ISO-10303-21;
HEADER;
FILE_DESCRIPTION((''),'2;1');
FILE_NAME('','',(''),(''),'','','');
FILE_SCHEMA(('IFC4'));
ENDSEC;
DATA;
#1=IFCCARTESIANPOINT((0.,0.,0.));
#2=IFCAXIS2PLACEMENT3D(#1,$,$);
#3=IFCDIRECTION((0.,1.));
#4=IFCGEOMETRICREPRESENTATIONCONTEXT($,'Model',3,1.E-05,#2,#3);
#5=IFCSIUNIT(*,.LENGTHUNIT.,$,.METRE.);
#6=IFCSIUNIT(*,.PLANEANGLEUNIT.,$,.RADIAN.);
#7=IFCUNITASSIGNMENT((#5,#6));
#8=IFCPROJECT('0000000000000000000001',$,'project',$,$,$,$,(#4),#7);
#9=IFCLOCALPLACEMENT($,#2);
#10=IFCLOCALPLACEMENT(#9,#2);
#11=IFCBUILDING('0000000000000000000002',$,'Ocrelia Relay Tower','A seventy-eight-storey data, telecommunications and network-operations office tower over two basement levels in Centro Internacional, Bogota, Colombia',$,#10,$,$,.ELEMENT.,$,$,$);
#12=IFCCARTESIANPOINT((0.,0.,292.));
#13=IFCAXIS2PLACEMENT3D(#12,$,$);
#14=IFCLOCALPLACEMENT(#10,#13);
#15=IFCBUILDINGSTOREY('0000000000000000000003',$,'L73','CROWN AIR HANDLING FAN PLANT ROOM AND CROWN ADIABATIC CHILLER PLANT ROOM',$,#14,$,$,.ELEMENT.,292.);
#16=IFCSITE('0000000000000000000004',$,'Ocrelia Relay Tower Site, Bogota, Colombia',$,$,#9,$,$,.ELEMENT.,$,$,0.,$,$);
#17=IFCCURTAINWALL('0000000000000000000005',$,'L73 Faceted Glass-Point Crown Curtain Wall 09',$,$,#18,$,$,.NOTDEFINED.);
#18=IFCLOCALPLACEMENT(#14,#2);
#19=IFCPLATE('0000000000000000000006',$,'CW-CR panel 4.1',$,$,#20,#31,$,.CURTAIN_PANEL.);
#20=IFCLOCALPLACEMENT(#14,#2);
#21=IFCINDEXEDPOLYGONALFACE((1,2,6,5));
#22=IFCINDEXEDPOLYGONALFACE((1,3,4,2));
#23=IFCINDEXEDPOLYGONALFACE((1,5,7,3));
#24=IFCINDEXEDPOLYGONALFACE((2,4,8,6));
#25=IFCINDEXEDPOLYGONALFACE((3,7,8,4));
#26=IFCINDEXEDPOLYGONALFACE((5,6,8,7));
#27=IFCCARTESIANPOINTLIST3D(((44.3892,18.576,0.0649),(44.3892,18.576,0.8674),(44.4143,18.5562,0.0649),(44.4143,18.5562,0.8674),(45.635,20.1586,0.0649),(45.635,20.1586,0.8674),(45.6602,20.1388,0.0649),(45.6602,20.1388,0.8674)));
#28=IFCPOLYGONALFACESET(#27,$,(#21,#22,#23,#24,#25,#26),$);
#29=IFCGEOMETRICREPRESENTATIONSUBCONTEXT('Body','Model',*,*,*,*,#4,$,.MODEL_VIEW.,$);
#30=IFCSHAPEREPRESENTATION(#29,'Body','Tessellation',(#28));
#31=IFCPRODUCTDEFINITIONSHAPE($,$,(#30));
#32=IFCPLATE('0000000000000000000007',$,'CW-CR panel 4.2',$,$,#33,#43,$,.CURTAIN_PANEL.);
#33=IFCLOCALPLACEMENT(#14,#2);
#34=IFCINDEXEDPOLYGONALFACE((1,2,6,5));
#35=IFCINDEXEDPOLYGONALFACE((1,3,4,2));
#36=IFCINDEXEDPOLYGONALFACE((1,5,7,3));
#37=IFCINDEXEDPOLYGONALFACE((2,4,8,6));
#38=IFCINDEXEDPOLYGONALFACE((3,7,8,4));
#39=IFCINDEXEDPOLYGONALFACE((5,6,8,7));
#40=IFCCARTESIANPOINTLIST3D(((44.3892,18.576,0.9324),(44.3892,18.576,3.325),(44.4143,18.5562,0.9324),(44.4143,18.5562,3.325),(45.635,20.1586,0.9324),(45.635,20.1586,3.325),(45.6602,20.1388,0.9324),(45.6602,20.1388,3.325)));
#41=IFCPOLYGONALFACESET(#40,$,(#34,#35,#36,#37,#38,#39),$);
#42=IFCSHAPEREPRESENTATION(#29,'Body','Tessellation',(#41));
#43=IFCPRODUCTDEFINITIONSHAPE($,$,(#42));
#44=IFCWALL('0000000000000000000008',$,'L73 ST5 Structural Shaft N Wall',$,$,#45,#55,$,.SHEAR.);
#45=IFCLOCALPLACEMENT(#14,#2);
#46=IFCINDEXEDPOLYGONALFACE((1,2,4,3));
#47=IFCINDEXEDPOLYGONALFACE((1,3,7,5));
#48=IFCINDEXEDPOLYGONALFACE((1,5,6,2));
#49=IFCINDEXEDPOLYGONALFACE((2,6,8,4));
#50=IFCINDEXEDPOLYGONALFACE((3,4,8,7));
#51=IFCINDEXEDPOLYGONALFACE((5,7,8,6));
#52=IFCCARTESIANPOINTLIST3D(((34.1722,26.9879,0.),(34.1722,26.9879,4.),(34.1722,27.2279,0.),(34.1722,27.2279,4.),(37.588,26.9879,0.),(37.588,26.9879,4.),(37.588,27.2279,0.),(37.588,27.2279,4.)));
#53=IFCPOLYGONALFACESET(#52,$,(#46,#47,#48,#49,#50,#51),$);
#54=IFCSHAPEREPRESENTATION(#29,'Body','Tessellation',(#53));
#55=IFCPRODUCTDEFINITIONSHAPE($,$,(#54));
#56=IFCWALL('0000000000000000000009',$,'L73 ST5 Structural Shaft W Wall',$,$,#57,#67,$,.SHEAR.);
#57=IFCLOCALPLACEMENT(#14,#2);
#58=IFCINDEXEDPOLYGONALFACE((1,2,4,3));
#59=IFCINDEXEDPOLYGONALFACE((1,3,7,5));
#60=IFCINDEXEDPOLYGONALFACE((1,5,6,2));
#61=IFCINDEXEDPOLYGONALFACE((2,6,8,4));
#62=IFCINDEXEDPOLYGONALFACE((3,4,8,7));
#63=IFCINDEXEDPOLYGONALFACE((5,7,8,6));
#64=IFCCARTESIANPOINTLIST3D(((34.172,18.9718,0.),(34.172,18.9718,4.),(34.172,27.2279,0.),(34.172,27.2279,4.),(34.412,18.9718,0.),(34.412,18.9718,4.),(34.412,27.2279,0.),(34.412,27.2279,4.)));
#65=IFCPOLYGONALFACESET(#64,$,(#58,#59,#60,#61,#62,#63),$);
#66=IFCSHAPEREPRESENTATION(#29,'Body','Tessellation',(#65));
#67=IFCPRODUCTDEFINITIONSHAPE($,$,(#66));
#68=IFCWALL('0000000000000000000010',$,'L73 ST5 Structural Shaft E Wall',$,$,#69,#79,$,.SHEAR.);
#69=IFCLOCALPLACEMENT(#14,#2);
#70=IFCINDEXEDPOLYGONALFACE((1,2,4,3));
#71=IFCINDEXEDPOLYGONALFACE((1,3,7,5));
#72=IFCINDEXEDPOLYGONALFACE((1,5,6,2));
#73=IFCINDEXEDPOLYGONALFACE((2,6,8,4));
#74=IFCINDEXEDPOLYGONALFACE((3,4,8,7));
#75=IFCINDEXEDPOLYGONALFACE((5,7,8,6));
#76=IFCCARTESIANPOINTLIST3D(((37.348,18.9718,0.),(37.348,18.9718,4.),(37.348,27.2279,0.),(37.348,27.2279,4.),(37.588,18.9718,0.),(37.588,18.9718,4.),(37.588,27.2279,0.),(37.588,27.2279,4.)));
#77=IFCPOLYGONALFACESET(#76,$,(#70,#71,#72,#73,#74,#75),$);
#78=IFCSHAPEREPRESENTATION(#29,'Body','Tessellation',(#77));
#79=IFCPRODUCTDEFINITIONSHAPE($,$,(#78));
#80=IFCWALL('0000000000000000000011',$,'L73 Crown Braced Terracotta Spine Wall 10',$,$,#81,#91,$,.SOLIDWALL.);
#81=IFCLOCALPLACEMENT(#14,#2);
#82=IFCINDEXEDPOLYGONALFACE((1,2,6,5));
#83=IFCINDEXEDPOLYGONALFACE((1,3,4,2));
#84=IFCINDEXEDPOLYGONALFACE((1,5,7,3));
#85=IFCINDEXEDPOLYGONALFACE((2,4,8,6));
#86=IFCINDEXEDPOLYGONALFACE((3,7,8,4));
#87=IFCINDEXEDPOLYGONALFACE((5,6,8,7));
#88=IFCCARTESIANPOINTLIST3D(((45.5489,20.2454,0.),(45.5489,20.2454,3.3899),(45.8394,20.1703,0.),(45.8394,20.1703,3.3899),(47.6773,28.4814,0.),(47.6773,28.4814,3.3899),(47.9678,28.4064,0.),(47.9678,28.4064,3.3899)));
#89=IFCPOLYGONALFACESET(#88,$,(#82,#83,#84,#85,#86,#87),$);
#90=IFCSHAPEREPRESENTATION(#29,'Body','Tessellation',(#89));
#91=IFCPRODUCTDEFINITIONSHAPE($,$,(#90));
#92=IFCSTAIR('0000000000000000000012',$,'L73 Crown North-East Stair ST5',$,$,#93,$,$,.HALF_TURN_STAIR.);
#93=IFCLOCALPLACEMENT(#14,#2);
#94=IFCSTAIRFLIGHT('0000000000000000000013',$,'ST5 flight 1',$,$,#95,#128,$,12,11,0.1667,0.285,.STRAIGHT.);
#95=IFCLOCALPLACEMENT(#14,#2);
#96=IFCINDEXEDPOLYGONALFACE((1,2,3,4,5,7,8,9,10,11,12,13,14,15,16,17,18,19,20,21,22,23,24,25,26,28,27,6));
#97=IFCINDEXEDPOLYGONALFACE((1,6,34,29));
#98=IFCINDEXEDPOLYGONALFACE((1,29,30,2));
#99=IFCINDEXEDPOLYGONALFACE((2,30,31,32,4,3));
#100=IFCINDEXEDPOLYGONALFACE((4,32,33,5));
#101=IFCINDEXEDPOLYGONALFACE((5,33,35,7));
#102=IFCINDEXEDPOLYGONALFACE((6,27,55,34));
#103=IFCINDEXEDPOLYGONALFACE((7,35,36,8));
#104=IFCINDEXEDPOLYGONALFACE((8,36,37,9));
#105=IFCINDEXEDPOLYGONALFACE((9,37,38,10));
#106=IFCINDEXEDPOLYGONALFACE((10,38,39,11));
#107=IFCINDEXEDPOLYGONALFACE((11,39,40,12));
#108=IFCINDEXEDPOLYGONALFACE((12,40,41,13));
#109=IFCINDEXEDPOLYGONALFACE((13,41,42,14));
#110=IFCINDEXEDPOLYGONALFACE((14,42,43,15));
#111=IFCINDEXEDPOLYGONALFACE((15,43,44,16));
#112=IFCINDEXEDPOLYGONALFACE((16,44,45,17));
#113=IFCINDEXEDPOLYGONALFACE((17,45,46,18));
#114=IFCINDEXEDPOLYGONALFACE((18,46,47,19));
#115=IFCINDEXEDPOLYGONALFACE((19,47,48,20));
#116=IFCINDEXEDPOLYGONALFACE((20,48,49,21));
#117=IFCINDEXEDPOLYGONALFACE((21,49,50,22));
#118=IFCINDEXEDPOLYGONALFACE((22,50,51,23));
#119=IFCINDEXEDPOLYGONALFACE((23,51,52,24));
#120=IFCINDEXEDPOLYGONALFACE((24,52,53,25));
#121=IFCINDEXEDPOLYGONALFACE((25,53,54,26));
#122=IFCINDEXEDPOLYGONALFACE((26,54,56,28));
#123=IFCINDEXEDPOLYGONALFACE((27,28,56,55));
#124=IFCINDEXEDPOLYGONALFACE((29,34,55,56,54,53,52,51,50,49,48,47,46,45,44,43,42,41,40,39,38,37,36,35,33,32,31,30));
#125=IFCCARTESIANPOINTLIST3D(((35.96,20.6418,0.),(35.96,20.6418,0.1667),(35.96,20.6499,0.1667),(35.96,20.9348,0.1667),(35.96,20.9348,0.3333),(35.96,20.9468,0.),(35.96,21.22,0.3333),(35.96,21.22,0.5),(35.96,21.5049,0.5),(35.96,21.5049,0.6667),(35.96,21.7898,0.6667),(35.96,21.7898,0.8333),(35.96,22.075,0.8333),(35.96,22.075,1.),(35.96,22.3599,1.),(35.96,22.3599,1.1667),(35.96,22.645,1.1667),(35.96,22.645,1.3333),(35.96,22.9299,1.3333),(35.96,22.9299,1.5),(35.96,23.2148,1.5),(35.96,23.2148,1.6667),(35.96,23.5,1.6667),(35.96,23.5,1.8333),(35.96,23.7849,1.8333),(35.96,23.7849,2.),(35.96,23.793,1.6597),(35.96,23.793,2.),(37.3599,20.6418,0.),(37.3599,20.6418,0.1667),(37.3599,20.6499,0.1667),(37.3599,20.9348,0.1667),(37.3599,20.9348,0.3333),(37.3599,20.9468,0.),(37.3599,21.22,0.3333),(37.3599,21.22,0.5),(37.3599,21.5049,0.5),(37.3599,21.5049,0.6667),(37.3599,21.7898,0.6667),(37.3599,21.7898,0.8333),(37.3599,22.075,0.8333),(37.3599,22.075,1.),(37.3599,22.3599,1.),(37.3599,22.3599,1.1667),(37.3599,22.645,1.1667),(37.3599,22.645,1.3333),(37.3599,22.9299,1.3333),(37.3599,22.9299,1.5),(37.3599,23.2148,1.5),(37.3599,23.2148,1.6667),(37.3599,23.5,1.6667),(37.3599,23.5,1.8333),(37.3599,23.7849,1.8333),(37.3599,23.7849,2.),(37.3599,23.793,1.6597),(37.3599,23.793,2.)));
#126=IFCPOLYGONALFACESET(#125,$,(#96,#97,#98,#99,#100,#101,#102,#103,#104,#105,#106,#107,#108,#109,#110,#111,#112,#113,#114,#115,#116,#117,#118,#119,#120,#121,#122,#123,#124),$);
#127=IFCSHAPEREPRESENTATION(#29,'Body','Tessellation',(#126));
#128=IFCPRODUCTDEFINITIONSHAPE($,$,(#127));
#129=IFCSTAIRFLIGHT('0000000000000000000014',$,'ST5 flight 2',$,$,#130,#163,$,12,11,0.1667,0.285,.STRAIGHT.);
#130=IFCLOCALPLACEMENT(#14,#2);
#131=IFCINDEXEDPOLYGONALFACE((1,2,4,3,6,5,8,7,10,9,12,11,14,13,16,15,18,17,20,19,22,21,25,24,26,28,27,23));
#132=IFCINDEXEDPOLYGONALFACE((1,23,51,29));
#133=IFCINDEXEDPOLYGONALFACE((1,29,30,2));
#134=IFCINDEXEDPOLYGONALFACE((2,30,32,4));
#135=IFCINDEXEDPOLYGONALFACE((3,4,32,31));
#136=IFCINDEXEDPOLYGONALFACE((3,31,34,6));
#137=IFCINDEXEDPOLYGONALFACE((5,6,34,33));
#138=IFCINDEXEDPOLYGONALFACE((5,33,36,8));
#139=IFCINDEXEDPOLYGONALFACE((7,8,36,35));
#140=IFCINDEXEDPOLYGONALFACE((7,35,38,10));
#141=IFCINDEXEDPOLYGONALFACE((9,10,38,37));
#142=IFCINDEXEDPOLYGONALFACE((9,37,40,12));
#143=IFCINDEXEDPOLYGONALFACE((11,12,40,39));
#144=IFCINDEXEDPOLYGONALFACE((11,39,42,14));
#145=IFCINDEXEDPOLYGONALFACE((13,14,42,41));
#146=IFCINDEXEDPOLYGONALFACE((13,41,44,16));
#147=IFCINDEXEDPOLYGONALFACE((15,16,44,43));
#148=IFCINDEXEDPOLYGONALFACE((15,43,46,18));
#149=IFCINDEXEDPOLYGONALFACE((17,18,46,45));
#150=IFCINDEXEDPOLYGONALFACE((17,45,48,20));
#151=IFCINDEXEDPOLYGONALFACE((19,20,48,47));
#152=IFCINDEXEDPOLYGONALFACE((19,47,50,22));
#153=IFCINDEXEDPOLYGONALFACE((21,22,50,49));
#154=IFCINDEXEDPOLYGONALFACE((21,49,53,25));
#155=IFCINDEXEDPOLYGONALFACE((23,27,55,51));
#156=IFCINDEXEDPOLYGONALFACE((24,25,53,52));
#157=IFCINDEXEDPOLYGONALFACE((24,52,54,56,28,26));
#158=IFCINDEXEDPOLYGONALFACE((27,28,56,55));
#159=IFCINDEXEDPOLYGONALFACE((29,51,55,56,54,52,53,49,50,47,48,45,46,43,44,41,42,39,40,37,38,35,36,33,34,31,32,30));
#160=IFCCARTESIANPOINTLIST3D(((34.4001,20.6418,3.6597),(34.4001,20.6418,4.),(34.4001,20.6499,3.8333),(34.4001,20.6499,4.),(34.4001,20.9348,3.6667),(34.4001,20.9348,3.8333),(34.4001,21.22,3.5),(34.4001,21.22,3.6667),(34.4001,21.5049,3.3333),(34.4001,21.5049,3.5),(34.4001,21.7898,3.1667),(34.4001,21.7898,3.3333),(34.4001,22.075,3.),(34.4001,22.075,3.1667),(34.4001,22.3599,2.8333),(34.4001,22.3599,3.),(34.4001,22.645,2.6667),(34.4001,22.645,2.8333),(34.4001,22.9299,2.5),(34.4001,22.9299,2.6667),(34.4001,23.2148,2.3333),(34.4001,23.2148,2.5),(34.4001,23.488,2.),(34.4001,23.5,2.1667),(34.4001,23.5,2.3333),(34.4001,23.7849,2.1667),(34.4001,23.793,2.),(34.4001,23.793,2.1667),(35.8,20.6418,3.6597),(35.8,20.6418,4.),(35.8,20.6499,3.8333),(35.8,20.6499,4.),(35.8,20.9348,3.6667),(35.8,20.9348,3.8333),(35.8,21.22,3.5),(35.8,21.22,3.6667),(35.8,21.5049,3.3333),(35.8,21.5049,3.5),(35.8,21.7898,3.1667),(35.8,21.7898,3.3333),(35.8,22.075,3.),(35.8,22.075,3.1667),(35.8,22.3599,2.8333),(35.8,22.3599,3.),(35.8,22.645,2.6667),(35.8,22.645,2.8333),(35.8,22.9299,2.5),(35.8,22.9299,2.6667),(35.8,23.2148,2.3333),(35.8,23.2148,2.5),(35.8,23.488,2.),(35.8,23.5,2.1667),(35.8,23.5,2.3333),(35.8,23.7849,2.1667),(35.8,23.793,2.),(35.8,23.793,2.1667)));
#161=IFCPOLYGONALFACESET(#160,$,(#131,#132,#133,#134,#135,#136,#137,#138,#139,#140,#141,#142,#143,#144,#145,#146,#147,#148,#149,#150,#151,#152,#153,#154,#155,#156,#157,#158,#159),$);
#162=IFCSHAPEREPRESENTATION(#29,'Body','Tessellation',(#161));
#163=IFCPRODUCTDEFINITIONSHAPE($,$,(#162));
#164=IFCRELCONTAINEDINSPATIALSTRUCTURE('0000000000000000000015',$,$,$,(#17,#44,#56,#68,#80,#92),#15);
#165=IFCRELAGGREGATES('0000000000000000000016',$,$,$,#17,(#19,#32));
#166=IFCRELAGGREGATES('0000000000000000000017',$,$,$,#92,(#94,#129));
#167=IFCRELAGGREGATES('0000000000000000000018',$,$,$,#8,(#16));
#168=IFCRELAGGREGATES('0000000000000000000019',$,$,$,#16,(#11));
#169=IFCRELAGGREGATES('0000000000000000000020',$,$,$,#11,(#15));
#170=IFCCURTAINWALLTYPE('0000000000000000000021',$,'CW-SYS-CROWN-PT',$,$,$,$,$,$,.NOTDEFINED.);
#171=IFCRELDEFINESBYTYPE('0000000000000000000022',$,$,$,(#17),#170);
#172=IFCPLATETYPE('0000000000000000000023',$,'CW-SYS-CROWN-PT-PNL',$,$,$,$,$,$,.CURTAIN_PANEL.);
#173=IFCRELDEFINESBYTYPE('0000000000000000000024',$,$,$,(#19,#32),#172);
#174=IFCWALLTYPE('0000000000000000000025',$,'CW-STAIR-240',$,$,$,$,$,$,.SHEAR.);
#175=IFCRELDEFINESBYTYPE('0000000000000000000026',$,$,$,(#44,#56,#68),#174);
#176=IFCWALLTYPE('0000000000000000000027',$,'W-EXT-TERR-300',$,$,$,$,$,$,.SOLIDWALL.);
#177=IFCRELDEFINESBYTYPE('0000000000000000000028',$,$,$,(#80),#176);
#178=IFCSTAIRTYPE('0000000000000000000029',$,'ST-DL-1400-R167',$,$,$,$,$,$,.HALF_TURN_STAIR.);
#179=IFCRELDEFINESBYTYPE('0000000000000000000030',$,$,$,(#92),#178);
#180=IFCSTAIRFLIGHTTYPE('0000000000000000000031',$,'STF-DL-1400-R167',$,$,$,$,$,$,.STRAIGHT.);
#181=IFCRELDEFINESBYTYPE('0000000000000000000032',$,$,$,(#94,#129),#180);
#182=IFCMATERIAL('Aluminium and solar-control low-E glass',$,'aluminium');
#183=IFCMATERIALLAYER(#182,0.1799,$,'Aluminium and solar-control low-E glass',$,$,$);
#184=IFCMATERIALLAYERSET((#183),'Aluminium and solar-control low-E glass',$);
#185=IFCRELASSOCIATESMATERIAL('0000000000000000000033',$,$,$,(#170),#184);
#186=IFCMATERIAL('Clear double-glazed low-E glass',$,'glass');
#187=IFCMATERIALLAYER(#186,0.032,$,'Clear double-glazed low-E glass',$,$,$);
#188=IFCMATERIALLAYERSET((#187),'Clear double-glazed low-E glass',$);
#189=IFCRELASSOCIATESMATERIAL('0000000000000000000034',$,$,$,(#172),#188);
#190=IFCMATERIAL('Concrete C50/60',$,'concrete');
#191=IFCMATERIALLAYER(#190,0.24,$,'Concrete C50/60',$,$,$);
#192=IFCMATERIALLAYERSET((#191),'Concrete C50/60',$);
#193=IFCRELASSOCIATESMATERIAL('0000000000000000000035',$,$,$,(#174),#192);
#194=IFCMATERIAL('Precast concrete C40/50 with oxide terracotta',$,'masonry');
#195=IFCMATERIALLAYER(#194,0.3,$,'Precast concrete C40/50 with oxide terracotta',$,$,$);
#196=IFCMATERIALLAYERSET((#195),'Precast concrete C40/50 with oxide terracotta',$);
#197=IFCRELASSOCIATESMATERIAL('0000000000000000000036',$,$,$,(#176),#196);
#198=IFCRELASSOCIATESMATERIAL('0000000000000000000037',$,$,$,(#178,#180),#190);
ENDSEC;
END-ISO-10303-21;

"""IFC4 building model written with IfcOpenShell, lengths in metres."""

from ifc_helpers import new_model, si_unit, direction, frame, frame_2d, origin, origin_2d, place, context, subcontext, project, spatial, polyline, rectangle, outline, extrude, material, layer, layer_set, type_object, element, aggregate, save


model = new_model("IFC4")

# Units and contexts
model_context = context("Model", 3, precision=1e-05, world=origin(), true_north=direction((0.0, 1.0)))
body_context = subcontext(model_context, "Body", "Model", "MODEL_VIEW")
ifc_project = project(units=[si_unit("LENGTHUNIT", "METRE"), si_unit("PLANEANGLEUNIT", "RADIAN")], contexts=[model_context])

# Site, building, storey
site_placement = place(None, origin())
site = spatial("IfcSite", under=ifc_project, at=site_placement, Name="Ocrelia Relay Tower Site, Bogota, Colombia", CompositionType="ELEMENT", RefElevation=0.0)
building_placement = place(site_placement, origin())
building = spatial("IfcBuilding", under=site, at=building_placement, Name="Ocrelia Relay Tower", Description="A seventy-eight-storey data, telecommunications and network-operations office tower over two basement levels in Centro Internacional, Bogota, Colombia", CompositionType="ELEMENT")
storey_placement = place(building_placement, frame((0.0, 0.0, 292.0)))
storey = spatial("IfcBuildingStorey", under=building, at=storey_placement, Name="L73", Description="CROWN AIR HANDLING FAN PLANT ROOM AND CROWN ADIABATIC CHILLER PLANT ROOM", CompositionType="ELEMENT", Elevation=292.0)

# Shared definitions
ifc_material_1 = material(Name="Concrete C50/60", Category="concrete")

# Curtain wall
ifc_material_2 = material(Name="Aluminium and solar-control low-E glass", Category="aluminium")
ifc_layer_1 = layer(ifc_material_2, 0.1799, Name="Aluminium and solar-control low-E glass")
ifc_layer_set_1 = layer_set([ifc_layer_1], Name="Aluminium and solar-control low-E glass")
curtain_wall_type = type_object("IfcCurtainWallType", Name="CW-SYS-CROWN-PT", PredefinedType="NOTDEFINED", material=ifc_layer_set_1)
curtain_wall_1_placement = place(storey_placement, origin())
curtain_wall_1 = element("IfcCurtainWall", 1, at=curtain_wall_1_placement, inside=storey, type_object=curtain_wall_type, Name="L73 Faceted Glass-Point Crown Curtain Wall 09", PredefinedType="NOTDEFINED")

# Plates
ifc_material_3 = material(Name="Clear double-glazed low-E glass", Category="glass")
ifc_layer_2 = layer(ifc_material_3, 0.032, Name="Clear double-glazed low-E glass")
ifc_layer_set_2 = layer_set([ifc_layer_2], Name="Clear double-glazed low-E glass")
plate_type = type_object("IfcPlateType", Name="CW-SYS-CROWN-PT-PNL", PredefinedType="CURTAIN_PANEL", material=ifc_layer_set_2)
plate_1_placement = place(storey_placement, frame((45.0247, 19.3574, 0.0649), z_axis=(0.0, 0.0, 1.0), x_axis=(0.618554, 0.785742, 0.0)))
plate_1 = element("IfcPlate", 2, at=plate_1_placement, type_object=plate_type, Name="CW-CR panel 4.1", PredefinedType="CURTAIN_PANEL", context=body_context, shape_type="SweptSolid", body=[
    extrude(rectangle(XDim=2.0142, YDim=0.032, at=origin_2d()), origin(), (0.0, 0.0, 1.0), 0.8025),
])
plate_2_placement = place(storey_placement, frame((45.0247, 19.3574, 0.9324), z_axis=(0.0, 0.0, 1.0), x_axis=(0.618554, 0.785742, 0.0)))
plate_2 = element("IfcPlate", 3, at=plate_2_placement, type_object=plate_type, Name="CW-CR panel 4.2", PredefinedType="CURTAIN_PANEL", context=body_context, shape_type="SweptSolid", body=[
    extrude(rectangle(XDim=2.0142, YDim=0.032, at=origin_2d()), origin(), (0.0, 0.0, 1.0), 2.3926),
])
aggregate(curtain_wall_1, [plate_1, plate_2])

# Shared definitions
ifc_layer_3 = layer(ifc_material_1, 0.24, Name="Concrete C50/60")
ifc_layer_set_3 = layer_set([ifc_layer_3], Name="Concrete C50/60")
wall_type_1 = type_object("IfcWallType", Name="CW-STAIR-240", PredefinedType="SHEAR", material=ifc_layer_set_3)

# Walls
wall_1_placement = place(storey_placement, frame((34.1721, 27.1079, 0.0), z_axis=(0.0, 0.0, 1.0), x_axis=(1.0, 0.0, 0.0)))
element("IfcWall", 4, at=wall_1_placement, inside=storey, type_object=wall_type_1, Name="L73 ST5 Structural Shaft N Wall", PredefinedType="SHEAR", context=body_context, shape_type="SweptSolid", body=[
    extrude(rectangle(XDim=3.4158, YDim=0.24, at=frame_2d((1.708, 0.0))), origin(), (0.0, 0.0, 1.0), 4.0),
])
for number, where, z_axis, x_axis, name in (
    (5, (34.292, 18.9719, 0.0), (0.0, 0.0, 1.0), (0.0, 1.0, 0.0), "L73 ST5 Structural Shaft W Wall"),
    (6, (37.468, 18.9719, 0.0), (0.0, 0.0, 1.0), (0.0, 1.0, 0.0), "L73 ST5 Structural Shaft E Wall"),
):
    element("IfcWall", number, at=place(storey_placement, frame(where, z_axis=z_axis, x_axis=x_axis)), inside=storey, type_object=wall_type_1, Name=name, PredefinedType="SHEAR", context=body_context, shape_type="SweptSolid", body=[
        extrude(rectangle(XDim=8.2561, YDim=0.24, at=frame_2d((4.1279, 0.0))), origin(), (0.0, 0.0, 1.0), 4.0),
    ])
ifc_material_4 = material(Name="Precast concrete C40/50 with oxide terracotta", Category="masonry")
ifc_layer_4 = layer(ifc_material_4, 0.3, Name="Precast concrete C40/50 with oxide terracotta")
ifc_layer_set_4 = layer_set([ifc_layer_4], Name="Precast concrete C40/50 with oxide terracotta")
wall_type_2 = type_object("IfcWallType", Name="W-EXT-TERR-300", PredefinedType="SOLIDWALL", material=ifc_layer_set_4)
wall_2_placement = place(storey_placement, frame((45.6941, 20.2078, 0.0), z_axis=(0.0, 0.0, 1.0), x_axis=(0.250206, 0.968193, 0.0)))
element("IfcWall", 7, at=wall_2_placement, inside=storey, type_object=wall_type_2, Name="L73 Crown Braced Terracotta Spine Wall 10", PredefinedType="SOLIDWALL", context=body_context, shape_type="SweptSolid", body=[
    extrude(rectangle(XDim=8.5066, YDim=0.3, at=frame_2d((4.2534, 0.0))), origin(), (0.0, 0.0, 1.0), 3.3899),
])

# Stair, stair flights
stair_type = type_object("IfcStairType", Name="ST-DL-1400-R167", PredefinedType="HALF_TURN_STAIR", material=ifc_material_1)
stair_placement = place(storey_placement, origin())
stair = element("IfcStair", 8, at=stair_placement, inside=storey, type_object=stair_type, Name="L73 Crown North-East Stair ST5", PredefinedType="HALF_TURN_STAIR")
stair_flight_type = type_object("IfcStairFlightType", Name="STF-DL-1400-R167", PredefinedType="STRAIGHT", material=ifc_material_1)
stair_flight_1_placement = place(storey_placement, frame((36.6599, 20.6499, 0.0), z_axis=(0.0, 0.0, 1.0), x_axis=(0.0, 1.0, 0.0)))
stair_flight_1 = element("IfcStairFlight", 9, at=stair_flight_1_placement, type_object=stair_flight_type, Name="ST5 flight 1", NumberOfRisers=12, NumberOfTreads=11, PredefinedType="STRAIGHT", RiserHeight=0.1667, TreadLength=0.285, context=body_context, shape_type="SweptSolid", body=[
    extrude(outline(polyline([(-0.0081, 0.0), (-0.0081, 0.1667), (0.0, 0.1667), (0.2849, 0.1667), (0.2849, 0.3333), (0.5701, 0.3333), (0.5701, 0.5), (0.855, 0.5), (0.855, 0.6667), (1.1399, 0.6667), (1.1399, 0.8333), (1.425, 0.8333), (1.425, 1.0), (1.71, 1.0), (1.71, 1.1667), (1.9951, 1.1667), (1.9951, 1.3333), (2.28, 1.3333), (2.28, 1.5), (2.5649, 1.5), (2.5649, 1.6667), (2.8501, 1.6667), (2.8501, 1.8333), (3.135, 1.8333), (3.135, 2.0), (3.1431, 2.0), (3.1431, 1.6597), (0.2969, 0.0), (-0.0081, 0.0)])), frame((0.0, 0.7, 0.0), z_axis=(0.0, -1.0, 0.0), x_axis=(1.0, 0.0, 0.0)), (0.0, 0.0, 1.0), 1.3999),
])
stair_flight_2_placement = place(storey_placement, frame((35.1001, 23.7849, 2.0), z_axis=(0.0, 0.0, 1.0), x_axis=(0.0, -1.0, 0.0)))
stair_flight_2 = element("IfcStairFlight", 10, at=stair_flight_2_placement, type_object=stair_flight_type, Name="ST5 flight 2", NumberOfRisers=12, NumberOfTreads=11, PredefinedType="STRAIGHT", RiserHeight=0.1667, TreadLength=0.285, context=body_context, shape_type="SweptSolid", body=[
    extrude(outline(polyline([(-0.0081, 0.0), (-0.0081, 0.1667), (0.0, 0.1667), (0.2849, 0.1667), (0.2849, 0.3333), (0.5701, 0.3333), (0.5701, 0.5), (0.855, 0.5), (0.855, 0.6667), (1.1399, 0.6667), (1.1399, 0.8333), (1.425, 0.8333), (1.425, 1.0), (1.71, 1.0), (1.71, 1.1667), (1.9951, 1.1667), (1.9951, 1.3333), (2.28, 1.3333), (2.28, 1.5), (2.5649, 1.5), (2.5649, 1.6667), (2.8501, 1.6667), (2.8501, 1.8333), (3.135, 1.8333), (3.135, 2.0), (3.1431, 2.0), (3.1431, 1.6597), (0.2969, 0.0), (-0.0081, 0.0)])), frame((0.0, 0.7, 0.0), z_axis=(0.0, -1.0, 0.0), x_axis=(1.0, 0.0, 0.0)), (0.0, 0.0, 1.0), 1.3999),
])
aggregate(stair, [stair_flight_1, stair_flight_2])

save(model, "model.ifc")
